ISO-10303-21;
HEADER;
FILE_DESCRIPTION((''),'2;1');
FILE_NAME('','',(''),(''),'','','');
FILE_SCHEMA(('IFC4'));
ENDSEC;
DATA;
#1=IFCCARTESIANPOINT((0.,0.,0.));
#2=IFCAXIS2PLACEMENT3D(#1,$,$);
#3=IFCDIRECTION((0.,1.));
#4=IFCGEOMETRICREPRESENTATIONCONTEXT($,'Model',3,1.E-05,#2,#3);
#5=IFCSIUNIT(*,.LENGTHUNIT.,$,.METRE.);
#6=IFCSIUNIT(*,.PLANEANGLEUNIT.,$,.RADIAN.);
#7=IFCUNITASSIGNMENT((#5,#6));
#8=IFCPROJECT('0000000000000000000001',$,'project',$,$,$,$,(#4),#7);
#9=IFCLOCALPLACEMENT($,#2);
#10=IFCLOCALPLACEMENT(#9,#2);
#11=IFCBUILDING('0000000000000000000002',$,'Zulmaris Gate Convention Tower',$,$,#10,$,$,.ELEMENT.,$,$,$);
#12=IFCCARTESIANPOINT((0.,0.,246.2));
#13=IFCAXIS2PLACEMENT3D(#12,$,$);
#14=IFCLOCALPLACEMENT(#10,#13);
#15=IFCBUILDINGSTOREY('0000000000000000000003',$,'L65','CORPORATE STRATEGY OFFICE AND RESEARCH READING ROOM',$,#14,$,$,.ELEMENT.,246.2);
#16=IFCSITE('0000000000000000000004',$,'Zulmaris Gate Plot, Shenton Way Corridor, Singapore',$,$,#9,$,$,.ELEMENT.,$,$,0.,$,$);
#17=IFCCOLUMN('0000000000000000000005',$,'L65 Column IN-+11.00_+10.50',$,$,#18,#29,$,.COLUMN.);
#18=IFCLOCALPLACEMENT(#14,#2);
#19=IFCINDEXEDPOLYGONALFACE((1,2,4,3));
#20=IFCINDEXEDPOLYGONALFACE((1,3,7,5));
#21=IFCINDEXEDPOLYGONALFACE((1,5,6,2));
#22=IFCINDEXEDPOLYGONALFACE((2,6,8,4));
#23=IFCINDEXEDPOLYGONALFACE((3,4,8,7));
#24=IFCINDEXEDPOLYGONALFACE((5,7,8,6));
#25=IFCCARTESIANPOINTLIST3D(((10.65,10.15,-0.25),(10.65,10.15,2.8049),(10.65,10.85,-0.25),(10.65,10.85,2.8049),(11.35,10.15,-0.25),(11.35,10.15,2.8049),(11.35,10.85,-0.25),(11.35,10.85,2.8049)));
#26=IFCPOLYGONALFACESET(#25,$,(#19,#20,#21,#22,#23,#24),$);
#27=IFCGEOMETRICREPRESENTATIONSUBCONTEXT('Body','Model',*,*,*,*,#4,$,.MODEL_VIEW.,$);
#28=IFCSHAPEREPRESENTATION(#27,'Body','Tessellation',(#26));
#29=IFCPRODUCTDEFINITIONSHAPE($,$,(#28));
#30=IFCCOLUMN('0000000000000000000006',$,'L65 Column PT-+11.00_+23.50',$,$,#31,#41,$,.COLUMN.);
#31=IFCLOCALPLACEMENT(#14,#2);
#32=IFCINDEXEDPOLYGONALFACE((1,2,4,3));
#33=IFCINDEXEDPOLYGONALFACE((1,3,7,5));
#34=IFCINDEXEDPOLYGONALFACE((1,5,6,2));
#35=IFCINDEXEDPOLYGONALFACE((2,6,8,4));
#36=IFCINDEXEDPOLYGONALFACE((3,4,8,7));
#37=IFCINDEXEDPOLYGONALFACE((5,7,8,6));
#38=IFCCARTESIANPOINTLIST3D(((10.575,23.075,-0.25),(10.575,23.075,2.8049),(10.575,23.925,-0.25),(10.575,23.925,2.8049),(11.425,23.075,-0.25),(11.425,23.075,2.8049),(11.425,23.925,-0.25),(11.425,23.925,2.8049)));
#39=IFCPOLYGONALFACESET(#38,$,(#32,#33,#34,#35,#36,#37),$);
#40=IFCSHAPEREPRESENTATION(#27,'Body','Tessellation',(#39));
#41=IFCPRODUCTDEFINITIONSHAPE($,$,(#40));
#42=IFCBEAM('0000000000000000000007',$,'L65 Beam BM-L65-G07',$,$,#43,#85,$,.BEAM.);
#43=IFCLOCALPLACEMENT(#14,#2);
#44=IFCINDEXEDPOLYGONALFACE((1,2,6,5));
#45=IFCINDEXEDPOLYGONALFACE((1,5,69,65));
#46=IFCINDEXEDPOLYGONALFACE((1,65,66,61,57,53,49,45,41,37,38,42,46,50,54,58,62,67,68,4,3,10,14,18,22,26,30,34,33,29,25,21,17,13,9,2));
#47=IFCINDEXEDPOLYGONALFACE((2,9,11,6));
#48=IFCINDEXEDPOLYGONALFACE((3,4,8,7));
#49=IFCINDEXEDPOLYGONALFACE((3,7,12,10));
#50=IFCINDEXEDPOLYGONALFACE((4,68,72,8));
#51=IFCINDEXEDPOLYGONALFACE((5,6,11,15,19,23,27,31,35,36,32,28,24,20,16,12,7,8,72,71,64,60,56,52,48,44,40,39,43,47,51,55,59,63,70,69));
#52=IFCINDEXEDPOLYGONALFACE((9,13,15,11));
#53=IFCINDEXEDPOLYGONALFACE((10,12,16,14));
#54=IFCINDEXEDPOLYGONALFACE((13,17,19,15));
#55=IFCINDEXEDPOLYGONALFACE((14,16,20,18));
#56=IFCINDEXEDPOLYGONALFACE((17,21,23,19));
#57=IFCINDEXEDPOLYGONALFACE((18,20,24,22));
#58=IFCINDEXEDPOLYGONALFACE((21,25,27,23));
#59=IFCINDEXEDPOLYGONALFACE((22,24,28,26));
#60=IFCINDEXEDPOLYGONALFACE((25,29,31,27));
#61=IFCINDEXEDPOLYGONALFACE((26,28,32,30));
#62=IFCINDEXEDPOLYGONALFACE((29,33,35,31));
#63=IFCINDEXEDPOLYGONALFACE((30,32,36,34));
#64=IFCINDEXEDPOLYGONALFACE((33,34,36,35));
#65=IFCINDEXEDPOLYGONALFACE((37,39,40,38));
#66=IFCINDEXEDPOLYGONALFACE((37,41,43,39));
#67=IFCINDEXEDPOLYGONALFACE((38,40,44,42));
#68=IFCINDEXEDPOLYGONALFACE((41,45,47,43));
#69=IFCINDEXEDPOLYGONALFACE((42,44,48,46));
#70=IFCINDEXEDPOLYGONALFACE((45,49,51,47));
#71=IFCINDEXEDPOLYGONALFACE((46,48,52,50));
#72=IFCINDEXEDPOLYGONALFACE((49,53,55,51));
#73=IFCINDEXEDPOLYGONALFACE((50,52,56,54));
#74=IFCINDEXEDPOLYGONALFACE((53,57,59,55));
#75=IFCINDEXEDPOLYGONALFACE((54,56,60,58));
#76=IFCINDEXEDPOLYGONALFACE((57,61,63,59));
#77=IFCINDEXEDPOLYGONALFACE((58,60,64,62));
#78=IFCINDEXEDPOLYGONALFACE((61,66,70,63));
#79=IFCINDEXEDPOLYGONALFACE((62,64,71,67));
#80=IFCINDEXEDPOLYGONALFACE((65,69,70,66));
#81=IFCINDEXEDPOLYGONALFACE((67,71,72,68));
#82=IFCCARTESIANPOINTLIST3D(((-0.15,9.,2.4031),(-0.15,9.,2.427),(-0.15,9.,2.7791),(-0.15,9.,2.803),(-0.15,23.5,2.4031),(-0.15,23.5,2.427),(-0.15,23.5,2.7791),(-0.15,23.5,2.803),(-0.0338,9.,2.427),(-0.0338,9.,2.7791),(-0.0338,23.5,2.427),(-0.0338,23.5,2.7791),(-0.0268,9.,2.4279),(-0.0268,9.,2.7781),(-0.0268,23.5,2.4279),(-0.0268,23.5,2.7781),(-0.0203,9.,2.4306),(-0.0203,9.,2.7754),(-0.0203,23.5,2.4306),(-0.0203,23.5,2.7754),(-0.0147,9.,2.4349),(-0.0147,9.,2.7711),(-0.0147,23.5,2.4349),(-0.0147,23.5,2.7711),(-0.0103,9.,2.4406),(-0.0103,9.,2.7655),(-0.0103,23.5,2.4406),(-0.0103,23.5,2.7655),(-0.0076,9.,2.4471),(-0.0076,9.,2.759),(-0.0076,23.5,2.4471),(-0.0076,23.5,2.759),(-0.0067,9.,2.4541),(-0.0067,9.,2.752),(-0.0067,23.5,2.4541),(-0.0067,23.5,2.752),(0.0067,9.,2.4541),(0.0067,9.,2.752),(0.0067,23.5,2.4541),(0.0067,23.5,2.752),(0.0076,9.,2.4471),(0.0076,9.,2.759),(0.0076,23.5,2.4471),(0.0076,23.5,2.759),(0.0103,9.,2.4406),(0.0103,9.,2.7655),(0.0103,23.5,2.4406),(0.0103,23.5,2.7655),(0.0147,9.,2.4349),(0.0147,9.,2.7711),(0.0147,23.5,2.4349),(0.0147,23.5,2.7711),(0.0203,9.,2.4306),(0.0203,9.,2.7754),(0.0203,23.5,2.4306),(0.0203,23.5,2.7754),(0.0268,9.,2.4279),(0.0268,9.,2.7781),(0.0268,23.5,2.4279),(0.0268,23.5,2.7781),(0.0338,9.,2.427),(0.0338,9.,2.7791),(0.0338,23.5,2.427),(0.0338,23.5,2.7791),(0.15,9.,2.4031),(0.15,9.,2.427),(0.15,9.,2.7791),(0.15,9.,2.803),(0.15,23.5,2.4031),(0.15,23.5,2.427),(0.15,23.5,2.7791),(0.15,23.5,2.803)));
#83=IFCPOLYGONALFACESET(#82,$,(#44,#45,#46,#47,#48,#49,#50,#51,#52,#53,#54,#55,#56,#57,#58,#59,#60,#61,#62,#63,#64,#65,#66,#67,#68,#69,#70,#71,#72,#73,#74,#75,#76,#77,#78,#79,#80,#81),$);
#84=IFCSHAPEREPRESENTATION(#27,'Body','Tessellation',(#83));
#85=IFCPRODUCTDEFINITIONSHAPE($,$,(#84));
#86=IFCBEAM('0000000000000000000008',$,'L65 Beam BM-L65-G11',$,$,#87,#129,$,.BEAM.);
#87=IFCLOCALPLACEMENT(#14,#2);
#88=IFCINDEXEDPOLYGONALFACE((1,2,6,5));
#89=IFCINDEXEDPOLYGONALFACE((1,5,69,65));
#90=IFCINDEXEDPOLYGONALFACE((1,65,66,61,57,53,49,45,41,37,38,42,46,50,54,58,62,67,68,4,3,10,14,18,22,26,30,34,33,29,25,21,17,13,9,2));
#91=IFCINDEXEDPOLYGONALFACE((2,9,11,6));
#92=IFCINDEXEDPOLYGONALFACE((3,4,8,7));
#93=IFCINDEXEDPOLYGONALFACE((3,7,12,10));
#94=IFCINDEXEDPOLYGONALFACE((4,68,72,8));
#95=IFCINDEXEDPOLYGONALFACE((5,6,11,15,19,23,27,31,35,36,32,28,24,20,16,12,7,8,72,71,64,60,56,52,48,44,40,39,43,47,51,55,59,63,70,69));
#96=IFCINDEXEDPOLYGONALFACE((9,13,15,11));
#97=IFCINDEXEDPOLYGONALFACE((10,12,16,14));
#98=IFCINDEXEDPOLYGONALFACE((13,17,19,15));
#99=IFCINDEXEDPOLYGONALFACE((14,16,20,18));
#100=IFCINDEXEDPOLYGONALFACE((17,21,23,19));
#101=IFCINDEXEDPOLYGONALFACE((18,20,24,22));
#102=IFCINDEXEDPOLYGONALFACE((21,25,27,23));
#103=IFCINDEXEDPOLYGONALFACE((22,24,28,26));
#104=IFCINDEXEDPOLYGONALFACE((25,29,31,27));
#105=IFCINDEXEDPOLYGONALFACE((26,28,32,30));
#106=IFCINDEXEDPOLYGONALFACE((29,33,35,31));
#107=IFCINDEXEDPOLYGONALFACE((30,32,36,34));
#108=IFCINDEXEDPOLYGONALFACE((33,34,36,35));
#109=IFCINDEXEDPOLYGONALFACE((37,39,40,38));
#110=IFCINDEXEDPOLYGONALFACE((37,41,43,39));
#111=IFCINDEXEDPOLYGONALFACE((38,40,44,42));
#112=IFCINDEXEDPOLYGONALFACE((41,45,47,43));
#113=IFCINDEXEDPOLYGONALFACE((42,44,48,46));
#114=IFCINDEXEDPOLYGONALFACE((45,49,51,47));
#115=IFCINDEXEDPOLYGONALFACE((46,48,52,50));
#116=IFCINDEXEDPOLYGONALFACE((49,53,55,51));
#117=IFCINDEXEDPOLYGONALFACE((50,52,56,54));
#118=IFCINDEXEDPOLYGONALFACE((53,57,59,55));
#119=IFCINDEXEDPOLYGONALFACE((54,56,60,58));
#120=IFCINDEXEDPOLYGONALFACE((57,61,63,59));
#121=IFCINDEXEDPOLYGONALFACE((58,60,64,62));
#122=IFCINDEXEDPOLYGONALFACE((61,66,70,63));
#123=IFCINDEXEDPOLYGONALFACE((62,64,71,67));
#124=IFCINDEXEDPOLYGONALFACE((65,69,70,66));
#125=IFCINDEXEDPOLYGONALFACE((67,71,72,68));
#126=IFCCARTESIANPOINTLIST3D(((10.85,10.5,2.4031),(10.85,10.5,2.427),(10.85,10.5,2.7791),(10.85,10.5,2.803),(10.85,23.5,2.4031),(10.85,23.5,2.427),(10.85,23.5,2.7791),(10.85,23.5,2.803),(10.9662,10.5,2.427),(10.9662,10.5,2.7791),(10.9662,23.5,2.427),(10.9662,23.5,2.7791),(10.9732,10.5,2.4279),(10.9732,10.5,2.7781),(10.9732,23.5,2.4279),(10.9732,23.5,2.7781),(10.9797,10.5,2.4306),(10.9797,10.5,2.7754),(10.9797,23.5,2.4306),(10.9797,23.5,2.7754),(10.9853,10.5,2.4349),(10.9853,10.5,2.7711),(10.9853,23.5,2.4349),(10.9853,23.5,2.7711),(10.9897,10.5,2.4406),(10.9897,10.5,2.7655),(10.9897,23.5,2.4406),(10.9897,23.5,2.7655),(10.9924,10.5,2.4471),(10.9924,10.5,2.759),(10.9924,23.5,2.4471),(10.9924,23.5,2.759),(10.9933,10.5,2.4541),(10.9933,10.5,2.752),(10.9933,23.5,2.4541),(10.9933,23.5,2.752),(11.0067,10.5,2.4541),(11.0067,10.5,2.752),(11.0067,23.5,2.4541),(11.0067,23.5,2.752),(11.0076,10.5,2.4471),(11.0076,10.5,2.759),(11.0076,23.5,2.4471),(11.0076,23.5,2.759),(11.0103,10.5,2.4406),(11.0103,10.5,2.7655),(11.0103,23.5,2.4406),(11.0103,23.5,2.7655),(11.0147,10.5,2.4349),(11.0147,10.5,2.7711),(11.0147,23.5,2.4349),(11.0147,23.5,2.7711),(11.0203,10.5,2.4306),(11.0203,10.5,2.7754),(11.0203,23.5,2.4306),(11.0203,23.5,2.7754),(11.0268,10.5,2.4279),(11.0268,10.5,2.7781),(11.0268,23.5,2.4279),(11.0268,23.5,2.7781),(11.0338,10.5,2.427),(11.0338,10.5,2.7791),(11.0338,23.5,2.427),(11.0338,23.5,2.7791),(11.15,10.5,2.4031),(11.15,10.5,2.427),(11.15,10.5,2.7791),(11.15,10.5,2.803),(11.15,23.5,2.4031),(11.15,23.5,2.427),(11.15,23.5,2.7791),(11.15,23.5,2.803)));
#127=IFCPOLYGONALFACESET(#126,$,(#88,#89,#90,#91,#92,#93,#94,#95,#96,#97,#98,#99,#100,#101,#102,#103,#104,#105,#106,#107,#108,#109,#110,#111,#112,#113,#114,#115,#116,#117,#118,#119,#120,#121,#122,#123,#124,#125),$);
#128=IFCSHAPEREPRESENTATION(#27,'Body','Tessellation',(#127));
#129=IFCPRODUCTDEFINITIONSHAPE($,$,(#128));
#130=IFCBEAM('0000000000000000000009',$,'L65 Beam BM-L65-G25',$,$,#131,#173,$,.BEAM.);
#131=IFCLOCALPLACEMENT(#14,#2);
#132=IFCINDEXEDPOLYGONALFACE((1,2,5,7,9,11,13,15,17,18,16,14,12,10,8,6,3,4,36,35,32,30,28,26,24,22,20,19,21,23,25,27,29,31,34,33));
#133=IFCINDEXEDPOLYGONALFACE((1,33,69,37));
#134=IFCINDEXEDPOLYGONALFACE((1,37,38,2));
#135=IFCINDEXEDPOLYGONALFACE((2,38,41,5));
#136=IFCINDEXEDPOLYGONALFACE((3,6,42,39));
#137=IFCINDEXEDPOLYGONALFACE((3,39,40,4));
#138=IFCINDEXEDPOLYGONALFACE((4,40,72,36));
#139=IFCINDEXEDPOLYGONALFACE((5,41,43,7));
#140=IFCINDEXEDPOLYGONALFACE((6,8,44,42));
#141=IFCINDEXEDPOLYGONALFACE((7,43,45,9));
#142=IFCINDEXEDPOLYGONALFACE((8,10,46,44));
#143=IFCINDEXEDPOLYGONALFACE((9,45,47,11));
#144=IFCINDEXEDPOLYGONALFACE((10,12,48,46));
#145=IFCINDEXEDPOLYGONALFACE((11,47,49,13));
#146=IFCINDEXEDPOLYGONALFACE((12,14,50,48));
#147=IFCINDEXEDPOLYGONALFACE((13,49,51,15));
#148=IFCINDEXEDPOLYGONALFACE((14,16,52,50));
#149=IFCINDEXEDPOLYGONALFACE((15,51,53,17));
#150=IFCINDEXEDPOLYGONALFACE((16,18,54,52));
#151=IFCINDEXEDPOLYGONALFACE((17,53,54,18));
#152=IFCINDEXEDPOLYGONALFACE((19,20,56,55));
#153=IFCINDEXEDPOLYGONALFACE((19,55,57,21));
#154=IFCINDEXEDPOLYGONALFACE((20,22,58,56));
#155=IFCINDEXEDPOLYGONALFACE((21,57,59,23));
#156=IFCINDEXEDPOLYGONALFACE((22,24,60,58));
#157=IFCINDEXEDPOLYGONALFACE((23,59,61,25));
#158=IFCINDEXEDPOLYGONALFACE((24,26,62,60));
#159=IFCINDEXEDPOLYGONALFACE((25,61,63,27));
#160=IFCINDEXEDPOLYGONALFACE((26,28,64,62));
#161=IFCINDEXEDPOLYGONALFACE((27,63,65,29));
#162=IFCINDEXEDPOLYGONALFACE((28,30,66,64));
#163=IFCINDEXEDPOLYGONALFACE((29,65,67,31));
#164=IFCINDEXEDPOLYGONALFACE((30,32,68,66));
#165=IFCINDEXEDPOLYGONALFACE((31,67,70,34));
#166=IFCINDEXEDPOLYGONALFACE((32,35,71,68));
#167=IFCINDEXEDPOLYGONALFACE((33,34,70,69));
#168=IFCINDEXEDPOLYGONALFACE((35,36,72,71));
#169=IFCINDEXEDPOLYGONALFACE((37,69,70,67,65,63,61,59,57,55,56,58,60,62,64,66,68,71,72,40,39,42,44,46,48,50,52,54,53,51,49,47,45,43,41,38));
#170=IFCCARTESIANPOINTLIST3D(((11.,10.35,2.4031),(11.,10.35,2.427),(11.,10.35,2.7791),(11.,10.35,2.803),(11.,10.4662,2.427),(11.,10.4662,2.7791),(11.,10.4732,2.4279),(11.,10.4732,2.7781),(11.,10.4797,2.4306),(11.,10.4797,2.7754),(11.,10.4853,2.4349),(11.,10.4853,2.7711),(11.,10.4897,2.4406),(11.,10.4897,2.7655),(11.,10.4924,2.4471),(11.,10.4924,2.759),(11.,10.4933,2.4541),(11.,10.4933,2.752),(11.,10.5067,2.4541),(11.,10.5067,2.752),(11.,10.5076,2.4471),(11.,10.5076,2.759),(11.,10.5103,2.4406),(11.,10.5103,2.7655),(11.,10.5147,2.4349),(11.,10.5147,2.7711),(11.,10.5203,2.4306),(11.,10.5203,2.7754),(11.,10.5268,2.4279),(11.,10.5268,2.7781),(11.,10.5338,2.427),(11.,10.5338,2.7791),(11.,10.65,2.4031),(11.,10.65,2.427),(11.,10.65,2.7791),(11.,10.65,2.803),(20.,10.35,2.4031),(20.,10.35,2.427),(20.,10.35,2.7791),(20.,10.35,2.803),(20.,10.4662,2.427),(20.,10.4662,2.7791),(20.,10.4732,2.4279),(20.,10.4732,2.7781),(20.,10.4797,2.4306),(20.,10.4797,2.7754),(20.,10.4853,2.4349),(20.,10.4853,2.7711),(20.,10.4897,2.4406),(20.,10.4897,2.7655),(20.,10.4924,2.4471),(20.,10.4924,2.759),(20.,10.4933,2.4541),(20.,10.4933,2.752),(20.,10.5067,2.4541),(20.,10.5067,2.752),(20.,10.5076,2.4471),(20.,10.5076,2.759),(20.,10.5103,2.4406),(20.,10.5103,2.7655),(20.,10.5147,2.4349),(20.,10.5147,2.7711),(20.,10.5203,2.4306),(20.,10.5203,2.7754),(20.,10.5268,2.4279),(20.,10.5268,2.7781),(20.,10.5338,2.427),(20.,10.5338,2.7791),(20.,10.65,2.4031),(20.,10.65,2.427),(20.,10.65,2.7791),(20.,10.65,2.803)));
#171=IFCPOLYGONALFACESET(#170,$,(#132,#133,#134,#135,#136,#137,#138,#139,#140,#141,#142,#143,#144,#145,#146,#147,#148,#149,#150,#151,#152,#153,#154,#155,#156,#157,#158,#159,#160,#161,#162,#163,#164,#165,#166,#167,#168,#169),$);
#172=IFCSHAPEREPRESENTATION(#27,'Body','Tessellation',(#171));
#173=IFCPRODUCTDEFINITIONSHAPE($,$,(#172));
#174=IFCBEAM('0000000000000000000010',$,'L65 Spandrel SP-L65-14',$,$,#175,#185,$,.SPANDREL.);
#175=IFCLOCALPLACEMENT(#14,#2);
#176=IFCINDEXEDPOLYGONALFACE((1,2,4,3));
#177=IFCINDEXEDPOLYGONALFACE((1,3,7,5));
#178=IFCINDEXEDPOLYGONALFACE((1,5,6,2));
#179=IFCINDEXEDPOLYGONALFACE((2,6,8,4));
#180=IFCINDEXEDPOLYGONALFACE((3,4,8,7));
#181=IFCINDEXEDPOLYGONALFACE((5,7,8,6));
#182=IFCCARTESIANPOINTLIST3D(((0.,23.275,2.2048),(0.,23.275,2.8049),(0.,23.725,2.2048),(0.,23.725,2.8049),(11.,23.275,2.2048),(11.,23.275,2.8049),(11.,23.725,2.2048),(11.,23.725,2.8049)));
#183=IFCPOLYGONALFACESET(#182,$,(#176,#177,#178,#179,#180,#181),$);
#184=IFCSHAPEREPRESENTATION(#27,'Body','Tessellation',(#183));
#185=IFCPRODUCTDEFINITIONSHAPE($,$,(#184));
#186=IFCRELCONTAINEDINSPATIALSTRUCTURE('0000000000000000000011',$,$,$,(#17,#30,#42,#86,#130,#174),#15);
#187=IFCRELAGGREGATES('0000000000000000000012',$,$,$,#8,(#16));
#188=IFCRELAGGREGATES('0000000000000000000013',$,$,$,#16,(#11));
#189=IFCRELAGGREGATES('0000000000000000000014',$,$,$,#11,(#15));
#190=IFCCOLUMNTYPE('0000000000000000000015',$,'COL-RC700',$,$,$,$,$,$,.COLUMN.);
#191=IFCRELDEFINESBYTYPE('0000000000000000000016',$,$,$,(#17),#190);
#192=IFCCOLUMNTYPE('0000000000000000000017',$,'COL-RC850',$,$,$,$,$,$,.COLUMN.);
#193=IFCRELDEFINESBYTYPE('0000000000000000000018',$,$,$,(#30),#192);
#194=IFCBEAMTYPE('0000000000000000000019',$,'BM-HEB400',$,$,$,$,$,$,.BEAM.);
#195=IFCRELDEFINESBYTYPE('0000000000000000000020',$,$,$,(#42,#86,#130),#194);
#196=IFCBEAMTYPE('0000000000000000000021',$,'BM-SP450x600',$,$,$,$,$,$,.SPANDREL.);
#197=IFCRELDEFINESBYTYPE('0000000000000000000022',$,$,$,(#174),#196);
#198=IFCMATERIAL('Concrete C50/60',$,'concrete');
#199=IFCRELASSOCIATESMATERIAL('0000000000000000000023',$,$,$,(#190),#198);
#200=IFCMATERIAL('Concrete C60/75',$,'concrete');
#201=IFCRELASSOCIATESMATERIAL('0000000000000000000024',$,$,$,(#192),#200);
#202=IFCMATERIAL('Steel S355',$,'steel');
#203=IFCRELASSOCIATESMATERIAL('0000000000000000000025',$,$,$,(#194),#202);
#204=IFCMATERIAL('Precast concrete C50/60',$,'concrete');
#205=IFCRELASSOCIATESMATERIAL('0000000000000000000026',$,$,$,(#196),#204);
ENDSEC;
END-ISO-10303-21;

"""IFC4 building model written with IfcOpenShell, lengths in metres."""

from ifc_helpers import new_model, si_unit, direction, frame, origin, origin_2d, place, context, subcontext, project, spatial, rectangle, i_section, extrude, material, material_profile, profile_set, type_object, element, save


model = new_model("IFC4")

# Units and contexts
model_context = context("Model", 3, precision=1e-05, world=origin(), true_north=direction((0.0, 1.0)))
body_context = subcontext(model_context, "Body", "Model", "MODEL_VIEW")
ifc_project = project(units=[si_unit("LENGTHUNIT", "METRE"), si_unit("PLANEANGLEUNIT", "RADIAN")], contexts=[model_context])

# Site, building, storey
site_placement = place(None, origin())
site = spatial("IfcSite", under=ifc_project, at=site_placement, Name="Zulmaris Gate Plot, Shenton Way Corridor, Singapore", CompositionType="ELEMENT", RefElevation=0.0)
building_placement = place(site_placement, origin())
building = spatial("IfcBuilding", under=site, at=building_placement, Name="Zulmaris Gate Convention Tower", CompositionType="ELEMENT")
storey_placement = place(building_placement, frame((0.0, 0.0, 246.2)))
storey = spatial("IfcBuildingStorey", under=building, at=storey_placement, Name="L65", Description="CORPORATE STRATEGY OFFICE AND RESEARCH READING ROOM", CompositionType="ELEMENT", Elevation=246.2)

# Columns
ifc_material_1 = material(Name="Concrete C50/60", Category="concrete")
ifc_material_profile_1 = material_profile(ifc_material_1, rectangle(XDim=0.7, YDim=0.7, at=origin_2d()), Name="RC COL 700x700")
ifc_profile_set_1 = profile_set([ifc_material_profile_1], Name="Concrete C50/60")
column_type_1 = type_object("IfcColumnType", Name="COL-RC700", PredefinedType="COLUMN", material=ifc_profile_set_1)
column_1_placement = place(storey_placement, frame((11.0, 10.5, -0.25), z_axis=(0.0, 0.0, 1.0), x_axis=(1.0, 0.0, 0.0)))
element("IfcColumn", 1, at=column_1_placement, inside=storey, type_object=column_type_1, Name="L65 Column IN-+11.00_+10.50", PredefinedType="COLUMN", context=body_context, shape_type="SweptSolid", body=[
    extrude(rectangle(XDim=0.7, YDim=0.7, at=origin_2d()), origin(), (0.0, 0.0, 1.0), 3.0549),
])
ifc_material_2 = material(Name="Concrete C60/75", Category="concrete")
ifc_material_profile_2 = material_profile(ifc_material_2, rectangle(XDim=0.8501, YDim=0.8501, at=origin_2d()), Name="RC COL 850x850")
ifc_profile_set_2 = profile_set([ifc_material_profile_2], Name="Concrete C60/75")
column_type_2 = type_object("IfcColumnType", Name="COL-RC850", PredefinedType="COLUMN", material=ifc_profile_set_2)
column_2_placement = place(storey_placement, frame((11.0, 23.5, -0.25), z_axis=(0.0, 0.0, 1.0), x_axis=(1.0, 0.0, 0.0)))
element("IfcColumn", 2, at=column_2_placement, inside=storey, type_object=column_type_2, Name="L65 Column PT-+11.00_+23.50", PredefinedType="COLUMN", context=body_context, shape_type="SweptSolid", body=[
    extrude(rectangle(XDim=0.8501, YDim=0.8501, at=origin_2d()), origin(), (0.0, 0.0, 1.0), 3.0549),
])

# Beams
ifc_material_3 = material(Name="Steel S355", Category="steel")
ifc_material_profile_3 = material_profile(ifc_material_3, i_section(OverallWidth=0.3, OverallDepth=0.3999, WebThickness=0.0134, FlangeThickness=0.0239, FilletRadius=0.0271, at=origin_2d()), Name="HEB 400")
ifc_profile_set_3 = profile_set([ifc_material_profile_3], Name="Steel S355")
beam_type_1 = type_object("IfcBeamType", Name="BM-HEB400", PredefinedType="BEAM", material=ifc_profile_set_3)
beam_1_placement = place(storey_placement, frame((0.0, 9.0, 2.603), z_axis=(0.0, 1.0, 0.0), x_axis=(-1.0, 0.0, 0.0)))
element("IfcBeam", 3, at=beam_1_placement, inside=storey, type_object=beam_type_1, Name="L65 Beam BM-L65-G07", PredefinedType="BEAM", context=body_context, shape_type="SweptSolid", body=[
    extrude(i_section(OverallWidth=0.3, OverallDepth=0.3999, WebThickness=0.0134, FlangeThickness=0.0239, FilletRadius=0.0271, at=origin_2d()), origin(), (0.0, 0.0, 1.0), 14.5),
])
beam_2_placement = place(storey_placement, frame((11.0, 10.5, 2.603), z_axis=(0.0, 1.0, 0.0), x_axis=(-1.0, 0.0, 0.0)))
element("IfcBeam", 4, at=beam_2_placement, inside=storey, type_object=beam_type_1, Name="L65 Beam BM-L65-G11", PredefinedType="BEAM", context=body_context, shape_type="SweptSolid", body=[
    extrude(i_section(OverallWidth=0.3, OverallDepth=0.3999, WebThickness=0.0134, FlangeThickness=0.0239, FilletRadius=0.0271, at=origin_2d()), origin(), (0.0, 0.0, 1.0), 13.0),
])
beam_3_placement = place(storey_placement, frame((11.0, 10.5, 2.603), z_axis=(1.0, 0.0, 0.0), x_axis=(0.0, 1.0, 0.0)))
element("IfcBeam", 5, at=beam_3_placement, inside=storey, type_object=beam_type_1, Name="L65 Beam BM-L65-G25", PredefinedType="BEAM", context=body_context, shape_type="SweptSolid", body=[
    extrude(i_section(OverallWidth=0.3, OverallDepth=0.3999, WebThickness=0.0134, FlangeThickness=0.0239, FilletRadius=0.0271, at=origin_2d()), origin(), (0.0, 0.0, 1.0), 9.0),
])
ifc_material_4 = material(Name="Precast concrete C50/60", Category="concrete")
ifc_material_profile_4 = material_profile(ifc_material_4, rectangle(XDim=0.45, YDim=0.6001, at=origin_2d()), Name="RC SPANDREL 450x600")
ifc_profile_set_4 = profile_set([ifc_material_profile_4], Name="Precast concrete C50/60")
beam_type_2 = type_object("IfcBeamType", Name="BM-SP450x600", PredefinedType="SPANDREL", material=ifc_profile_set_4)
beam_4_placement = place(storey_placement, frame((11.0, 23.5, 2.5049), z_axis=(-1.0, 0.0, 0.0), x_axis=(0.0, -1.0, 0.0)))
element("IfcBeam", 6, at=beam_4_placement, inside=storey, type_object=beam_type_2, Name="L65 Spandrel SP-L65-14", PredefinedType="SPANDREL", context=body_context, shape_type="SweptSolid", body=[
    extrude(rectangle(XDim=0.45, YDim=0.6001, at=origin_2d()), origin(), (0.0, 0.0, 1.0), 11.0),
])

save(model, "model.ifc")
